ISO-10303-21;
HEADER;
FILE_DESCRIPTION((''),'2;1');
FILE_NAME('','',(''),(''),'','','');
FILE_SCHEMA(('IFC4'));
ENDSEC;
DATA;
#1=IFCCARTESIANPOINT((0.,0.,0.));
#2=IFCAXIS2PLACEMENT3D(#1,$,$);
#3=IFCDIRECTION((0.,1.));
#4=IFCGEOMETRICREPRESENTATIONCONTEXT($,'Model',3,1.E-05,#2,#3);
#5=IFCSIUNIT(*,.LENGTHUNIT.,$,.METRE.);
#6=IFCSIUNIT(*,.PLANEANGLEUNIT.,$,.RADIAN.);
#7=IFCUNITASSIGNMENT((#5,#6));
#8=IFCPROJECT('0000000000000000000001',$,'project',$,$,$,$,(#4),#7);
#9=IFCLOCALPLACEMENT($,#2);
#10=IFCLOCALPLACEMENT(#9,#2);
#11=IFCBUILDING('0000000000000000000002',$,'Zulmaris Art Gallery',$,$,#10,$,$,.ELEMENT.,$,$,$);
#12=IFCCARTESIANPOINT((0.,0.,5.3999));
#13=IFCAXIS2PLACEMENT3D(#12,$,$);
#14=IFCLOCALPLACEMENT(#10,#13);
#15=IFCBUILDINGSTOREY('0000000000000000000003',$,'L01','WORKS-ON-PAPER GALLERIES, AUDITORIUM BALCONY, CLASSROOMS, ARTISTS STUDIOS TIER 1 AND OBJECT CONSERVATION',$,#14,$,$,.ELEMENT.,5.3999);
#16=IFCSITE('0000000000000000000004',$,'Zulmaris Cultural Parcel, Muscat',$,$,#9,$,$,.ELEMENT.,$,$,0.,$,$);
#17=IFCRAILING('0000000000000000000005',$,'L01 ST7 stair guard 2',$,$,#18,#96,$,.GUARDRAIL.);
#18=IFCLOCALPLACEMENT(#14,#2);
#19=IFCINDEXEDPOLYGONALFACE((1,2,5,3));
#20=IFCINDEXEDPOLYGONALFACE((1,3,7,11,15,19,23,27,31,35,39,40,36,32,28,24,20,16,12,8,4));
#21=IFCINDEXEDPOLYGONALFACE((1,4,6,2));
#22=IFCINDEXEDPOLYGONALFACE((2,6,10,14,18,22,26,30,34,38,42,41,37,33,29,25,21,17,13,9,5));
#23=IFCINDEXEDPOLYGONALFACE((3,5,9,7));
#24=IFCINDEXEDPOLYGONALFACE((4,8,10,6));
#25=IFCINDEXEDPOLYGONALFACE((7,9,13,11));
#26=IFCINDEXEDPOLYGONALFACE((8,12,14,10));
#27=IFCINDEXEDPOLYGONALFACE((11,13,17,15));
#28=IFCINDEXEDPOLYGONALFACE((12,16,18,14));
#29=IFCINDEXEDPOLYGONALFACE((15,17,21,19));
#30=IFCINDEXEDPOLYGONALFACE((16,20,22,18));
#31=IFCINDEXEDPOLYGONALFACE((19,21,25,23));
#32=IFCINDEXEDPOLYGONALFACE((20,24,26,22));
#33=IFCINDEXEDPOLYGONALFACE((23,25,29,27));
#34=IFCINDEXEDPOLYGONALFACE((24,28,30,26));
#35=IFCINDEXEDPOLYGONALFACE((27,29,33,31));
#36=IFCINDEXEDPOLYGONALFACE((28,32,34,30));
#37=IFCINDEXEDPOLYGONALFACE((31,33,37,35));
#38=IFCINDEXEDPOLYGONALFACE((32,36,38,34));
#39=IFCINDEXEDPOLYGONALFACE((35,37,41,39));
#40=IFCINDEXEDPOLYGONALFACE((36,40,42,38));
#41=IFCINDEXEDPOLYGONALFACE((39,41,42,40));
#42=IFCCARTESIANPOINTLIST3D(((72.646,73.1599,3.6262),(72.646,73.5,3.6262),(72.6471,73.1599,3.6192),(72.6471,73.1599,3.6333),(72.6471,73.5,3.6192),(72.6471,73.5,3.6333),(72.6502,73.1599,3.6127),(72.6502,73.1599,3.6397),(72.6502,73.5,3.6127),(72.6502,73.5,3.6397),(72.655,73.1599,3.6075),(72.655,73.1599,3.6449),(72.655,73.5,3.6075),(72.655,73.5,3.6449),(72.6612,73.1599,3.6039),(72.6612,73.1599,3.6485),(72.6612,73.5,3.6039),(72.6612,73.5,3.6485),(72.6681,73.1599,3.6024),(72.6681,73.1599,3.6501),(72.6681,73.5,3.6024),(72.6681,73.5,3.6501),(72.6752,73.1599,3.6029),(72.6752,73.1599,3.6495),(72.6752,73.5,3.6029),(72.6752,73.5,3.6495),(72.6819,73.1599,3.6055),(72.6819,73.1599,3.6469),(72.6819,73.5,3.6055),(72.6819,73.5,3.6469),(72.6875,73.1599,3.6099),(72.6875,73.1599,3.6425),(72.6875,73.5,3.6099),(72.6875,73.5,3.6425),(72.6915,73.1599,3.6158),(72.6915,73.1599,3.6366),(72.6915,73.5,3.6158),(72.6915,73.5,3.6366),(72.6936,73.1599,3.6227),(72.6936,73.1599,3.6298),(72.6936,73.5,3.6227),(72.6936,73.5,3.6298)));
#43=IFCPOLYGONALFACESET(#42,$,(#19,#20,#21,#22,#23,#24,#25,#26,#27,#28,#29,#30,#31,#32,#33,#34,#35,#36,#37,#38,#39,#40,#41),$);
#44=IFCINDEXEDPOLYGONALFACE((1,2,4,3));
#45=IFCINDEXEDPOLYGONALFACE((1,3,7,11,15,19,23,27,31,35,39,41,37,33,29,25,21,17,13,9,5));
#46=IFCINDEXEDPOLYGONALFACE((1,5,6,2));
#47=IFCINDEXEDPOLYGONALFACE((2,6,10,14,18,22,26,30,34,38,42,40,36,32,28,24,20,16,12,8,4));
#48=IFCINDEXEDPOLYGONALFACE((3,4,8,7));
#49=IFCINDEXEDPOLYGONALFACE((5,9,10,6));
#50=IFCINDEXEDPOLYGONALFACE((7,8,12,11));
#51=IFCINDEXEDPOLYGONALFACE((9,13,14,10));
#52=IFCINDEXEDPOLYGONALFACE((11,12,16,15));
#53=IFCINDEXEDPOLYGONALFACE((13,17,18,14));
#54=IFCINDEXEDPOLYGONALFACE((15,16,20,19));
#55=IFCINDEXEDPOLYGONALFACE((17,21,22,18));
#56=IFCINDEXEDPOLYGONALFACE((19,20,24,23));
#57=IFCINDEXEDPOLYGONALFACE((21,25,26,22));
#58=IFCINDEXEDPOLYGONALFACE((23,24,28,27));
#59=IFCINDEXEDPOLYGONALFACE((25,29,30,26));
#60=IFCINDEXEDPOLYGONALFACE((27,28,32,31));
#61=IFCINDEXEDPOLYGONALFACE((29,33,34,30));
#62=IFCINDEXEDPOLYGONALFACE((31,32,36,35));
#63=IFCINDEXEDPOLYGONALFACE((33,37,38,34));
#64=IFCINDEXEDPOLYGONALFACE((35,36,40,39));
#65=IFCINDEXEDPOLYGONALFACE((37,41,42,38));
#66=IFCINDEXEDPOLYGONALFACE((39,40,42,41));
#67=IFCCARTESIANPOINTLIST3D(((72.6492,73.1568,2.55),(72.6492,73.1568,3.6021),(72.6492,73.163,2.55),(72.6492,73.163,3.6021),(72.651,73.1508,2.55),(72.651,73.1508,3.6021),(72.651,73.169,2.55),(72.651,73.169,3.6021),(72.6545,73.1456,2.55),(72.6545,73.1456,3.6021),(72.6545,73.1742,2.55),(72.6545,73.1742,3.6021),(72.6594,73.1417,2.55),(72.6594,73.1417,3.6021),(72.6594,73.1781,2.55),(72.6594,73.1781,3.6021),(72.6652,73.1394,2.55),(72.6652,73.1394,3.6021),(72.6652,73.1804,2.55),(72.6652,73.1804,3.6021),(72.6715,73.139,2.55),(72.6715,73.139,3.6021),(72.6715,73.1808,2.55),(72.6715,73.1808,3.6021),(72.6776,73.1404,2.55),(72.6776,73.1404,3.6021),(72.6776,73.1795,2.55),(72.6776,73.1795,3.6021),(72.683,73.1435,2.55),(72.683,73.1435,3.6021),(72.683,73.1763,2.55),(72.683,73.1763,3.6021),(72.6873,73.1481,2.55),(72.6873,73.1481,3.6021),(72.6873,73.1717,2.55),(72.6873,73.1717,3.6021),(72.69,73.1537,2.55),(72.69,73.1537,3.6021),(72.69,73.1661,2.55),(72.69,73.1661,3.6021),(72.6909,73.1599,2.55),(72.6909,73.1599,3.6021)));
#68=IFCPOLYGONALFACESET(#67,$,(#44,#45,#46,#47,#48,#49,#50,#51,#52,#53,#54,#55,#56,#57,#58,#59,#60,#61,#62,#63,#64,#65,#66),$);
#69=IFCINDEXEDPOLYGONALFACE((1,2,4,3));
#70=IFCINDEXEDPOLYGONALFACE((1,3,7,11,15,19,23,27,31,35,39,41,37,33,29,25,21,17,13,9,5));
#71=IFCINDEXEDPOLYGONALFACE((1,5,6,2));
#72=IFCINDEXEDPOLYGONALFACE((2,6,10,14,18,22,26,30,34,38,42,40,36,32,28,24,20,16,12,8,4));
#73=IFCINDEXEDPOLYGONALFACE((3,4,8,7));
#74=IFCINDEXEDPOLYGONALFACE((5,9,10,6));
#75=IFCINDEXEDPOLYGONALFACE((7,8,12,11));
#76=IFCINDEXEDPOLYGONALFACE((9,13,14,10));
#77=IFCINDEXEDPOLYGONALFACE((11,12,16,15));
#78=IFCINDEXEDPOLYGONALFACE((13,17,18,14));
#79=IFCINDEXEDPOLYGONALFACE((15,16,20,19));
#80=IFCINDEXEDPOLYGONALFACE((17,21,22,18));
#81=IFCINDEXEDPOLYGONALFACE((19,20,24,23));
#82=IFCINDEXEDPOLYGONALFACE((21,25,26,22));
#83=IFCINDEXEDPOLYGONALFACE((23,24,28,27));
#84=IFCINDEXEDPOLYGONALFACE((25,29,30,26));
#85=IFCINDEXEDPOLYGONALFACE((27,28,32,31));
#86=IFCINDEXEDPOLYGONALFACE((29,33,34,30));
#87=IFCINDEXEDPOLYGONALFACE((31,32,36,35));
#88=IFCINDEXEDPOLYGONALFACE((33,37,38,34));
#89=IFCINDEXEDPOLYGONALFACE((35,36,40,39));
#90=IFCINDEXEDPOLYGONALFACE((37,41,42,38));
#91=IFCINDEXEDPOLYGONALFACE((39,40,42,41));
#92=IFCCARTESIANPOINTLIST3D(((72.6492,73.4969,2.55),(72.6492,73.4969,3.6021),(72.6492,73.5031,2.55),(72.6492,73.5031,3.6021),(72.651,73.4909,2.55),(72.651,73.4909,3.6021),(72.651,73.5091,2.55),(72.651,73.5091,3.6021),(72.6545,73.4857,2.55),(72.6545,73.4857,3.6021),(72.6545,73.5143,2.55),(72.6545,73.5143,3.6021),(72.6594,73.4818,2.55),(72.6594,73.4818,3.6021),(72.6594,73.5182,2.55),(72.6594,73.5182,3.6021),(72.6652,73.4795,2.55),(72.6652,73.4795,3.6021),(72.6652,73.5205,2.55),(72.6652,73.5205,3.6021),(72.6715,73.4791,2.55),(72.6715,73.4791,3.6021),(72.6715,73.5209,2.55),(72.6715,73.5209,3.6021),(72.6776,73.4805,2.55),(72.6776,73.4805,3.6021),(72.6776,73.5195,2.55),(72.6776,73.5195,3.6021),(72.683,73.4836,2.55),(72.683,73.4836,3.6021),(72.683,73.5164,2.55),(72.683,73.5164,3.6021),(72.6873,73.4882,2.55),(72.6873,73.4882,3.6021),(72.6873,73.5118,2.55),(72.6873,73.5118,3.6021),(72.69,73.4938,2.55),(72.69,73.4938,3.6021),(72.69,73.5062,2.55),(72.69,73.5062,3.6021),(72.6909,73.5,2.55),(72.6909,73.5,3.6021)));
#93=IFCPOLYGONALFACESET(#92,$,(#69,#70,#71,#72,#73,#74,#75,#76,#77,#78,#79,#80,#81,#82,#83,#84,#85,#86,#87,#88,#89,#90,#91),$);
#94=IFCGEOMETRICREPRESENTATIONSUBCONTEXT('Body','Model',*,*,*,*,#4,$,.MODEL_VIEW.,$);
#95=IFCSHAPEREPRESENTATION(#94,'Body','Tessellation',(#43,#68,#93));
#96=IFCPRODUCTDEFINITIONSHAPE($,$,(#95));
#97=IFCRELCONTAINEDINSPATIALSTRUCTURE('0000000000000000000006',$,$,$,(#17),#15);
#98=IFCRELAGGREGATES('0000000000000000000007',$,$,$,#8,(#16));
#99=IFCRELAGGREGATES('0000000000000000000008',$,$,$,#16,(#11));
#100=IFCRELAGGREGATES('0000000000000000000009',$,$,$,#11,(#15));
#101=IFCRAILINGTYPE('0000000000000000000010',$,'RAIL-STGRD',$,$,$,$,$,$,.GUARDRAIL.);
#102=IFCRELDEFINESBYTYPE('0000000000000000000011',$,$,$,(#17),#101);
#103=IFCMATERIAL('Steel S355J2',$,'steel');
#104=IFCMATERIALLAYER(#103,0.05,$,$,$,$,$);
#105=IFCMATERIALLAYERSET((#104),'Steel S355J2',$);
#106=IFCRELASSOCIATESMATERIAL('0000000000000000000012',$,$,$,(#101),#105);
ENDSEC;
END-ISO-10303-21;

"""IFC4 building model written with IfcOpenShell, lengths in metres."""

from ifc_helpers import new_model, si_unit, direction, frame, origin, origin_2d, place, context, subcontext, project, spatial, circle, extrude, material, layer, layer_set, type_object, element, save


model = new_model("IFC4")

# Units and contexts
model_context = context("Model", 3, precision=1e-05, world=origin(), true_north=direction((0.0, 1.0)))
body_context = subcontext(model_context, "Body", "Model", "MODEL_VIEW")
ifc_project = project(units=[si_unit("LENGTHUNIT", "METRE"), si_unit("PLANEANGLEUNIT", "RADIAN")], contexts=[model_context])

# Site, building, storey
site_placement = place(None, origin())
site = spatial("IfcSite", under=ifc_project, at=site_placement, Name="Zulmaris Cultural Parcel, Muscat", CompositionType="ELEMENT", RefElevation=0.0)
building_placement = place(site_placement, origin())
building = spatial("IfcBuilding", under=site, at=building_placement, Name="Zulmaris Art Gallery", CompositionType="ELEMENT")
storey_placement = place(building_placement, frame((0.0, 0.0, 5.3999)))
storey = spatial("IfcBuildingStorey", under=building, at=storey_placement, Name="L01", Description="WORKS-ON-PAPER GALLERIES, AUDITORIUM BALCONY, CLASSROOMS, ARTISTS STUDIOS TIER 1 AND OBJECT CONSERVATION", CompositionType="ELEMENT", Elevation=5.3999)

# Shared definitions
ifc_material_1 = material(Name="Steel S355J2", Category="steel")

# Railing
ifc_layer_1 = layer(ifc_material_1, 0.05)
ifc_layer_set_1 = layer_set([ifc_layer_1], Name="Steel S355J2")
railing_type_1 = type_object("IfcRailingType", Name="RAIL-STGRD", PredefinedType="GUARDRAIL", material=ifc_layer_set_1)
railing_1_placement = place(storey_placement, frame((72.6699, 73.1599, 2.55)))
element("IfcRailing", 1, at=railing_1_placement, inside=storey, type_object=railing_type_1, Name="L01 ST7 stair guard 2", PredefinedType="GUARDRAIL", context=body_context, shape_type="SweptSolid", body=[
    extrude(circle(Radius=0.0239, at=origin_2d()), frame((0.0, 0.0, 1.0762), z_axis=(0.0, 1.0, 0.0), x_axis=(-1.0, 0.0, 0.0)), (0.0, 0.0, 1.0), 0.3401),
    extrude(circle(Radius=0.021, at=origin_2d()), origin(), (0.0, 0.0, 1.0), 1.052),
    extrude(circle(Radius=0.021, at=origin_2d()), frame((0.0, 0.3401, 0.0)), (0.0, 0.0, 1.0), 1.052),
])

save(model, "model.ifc")
